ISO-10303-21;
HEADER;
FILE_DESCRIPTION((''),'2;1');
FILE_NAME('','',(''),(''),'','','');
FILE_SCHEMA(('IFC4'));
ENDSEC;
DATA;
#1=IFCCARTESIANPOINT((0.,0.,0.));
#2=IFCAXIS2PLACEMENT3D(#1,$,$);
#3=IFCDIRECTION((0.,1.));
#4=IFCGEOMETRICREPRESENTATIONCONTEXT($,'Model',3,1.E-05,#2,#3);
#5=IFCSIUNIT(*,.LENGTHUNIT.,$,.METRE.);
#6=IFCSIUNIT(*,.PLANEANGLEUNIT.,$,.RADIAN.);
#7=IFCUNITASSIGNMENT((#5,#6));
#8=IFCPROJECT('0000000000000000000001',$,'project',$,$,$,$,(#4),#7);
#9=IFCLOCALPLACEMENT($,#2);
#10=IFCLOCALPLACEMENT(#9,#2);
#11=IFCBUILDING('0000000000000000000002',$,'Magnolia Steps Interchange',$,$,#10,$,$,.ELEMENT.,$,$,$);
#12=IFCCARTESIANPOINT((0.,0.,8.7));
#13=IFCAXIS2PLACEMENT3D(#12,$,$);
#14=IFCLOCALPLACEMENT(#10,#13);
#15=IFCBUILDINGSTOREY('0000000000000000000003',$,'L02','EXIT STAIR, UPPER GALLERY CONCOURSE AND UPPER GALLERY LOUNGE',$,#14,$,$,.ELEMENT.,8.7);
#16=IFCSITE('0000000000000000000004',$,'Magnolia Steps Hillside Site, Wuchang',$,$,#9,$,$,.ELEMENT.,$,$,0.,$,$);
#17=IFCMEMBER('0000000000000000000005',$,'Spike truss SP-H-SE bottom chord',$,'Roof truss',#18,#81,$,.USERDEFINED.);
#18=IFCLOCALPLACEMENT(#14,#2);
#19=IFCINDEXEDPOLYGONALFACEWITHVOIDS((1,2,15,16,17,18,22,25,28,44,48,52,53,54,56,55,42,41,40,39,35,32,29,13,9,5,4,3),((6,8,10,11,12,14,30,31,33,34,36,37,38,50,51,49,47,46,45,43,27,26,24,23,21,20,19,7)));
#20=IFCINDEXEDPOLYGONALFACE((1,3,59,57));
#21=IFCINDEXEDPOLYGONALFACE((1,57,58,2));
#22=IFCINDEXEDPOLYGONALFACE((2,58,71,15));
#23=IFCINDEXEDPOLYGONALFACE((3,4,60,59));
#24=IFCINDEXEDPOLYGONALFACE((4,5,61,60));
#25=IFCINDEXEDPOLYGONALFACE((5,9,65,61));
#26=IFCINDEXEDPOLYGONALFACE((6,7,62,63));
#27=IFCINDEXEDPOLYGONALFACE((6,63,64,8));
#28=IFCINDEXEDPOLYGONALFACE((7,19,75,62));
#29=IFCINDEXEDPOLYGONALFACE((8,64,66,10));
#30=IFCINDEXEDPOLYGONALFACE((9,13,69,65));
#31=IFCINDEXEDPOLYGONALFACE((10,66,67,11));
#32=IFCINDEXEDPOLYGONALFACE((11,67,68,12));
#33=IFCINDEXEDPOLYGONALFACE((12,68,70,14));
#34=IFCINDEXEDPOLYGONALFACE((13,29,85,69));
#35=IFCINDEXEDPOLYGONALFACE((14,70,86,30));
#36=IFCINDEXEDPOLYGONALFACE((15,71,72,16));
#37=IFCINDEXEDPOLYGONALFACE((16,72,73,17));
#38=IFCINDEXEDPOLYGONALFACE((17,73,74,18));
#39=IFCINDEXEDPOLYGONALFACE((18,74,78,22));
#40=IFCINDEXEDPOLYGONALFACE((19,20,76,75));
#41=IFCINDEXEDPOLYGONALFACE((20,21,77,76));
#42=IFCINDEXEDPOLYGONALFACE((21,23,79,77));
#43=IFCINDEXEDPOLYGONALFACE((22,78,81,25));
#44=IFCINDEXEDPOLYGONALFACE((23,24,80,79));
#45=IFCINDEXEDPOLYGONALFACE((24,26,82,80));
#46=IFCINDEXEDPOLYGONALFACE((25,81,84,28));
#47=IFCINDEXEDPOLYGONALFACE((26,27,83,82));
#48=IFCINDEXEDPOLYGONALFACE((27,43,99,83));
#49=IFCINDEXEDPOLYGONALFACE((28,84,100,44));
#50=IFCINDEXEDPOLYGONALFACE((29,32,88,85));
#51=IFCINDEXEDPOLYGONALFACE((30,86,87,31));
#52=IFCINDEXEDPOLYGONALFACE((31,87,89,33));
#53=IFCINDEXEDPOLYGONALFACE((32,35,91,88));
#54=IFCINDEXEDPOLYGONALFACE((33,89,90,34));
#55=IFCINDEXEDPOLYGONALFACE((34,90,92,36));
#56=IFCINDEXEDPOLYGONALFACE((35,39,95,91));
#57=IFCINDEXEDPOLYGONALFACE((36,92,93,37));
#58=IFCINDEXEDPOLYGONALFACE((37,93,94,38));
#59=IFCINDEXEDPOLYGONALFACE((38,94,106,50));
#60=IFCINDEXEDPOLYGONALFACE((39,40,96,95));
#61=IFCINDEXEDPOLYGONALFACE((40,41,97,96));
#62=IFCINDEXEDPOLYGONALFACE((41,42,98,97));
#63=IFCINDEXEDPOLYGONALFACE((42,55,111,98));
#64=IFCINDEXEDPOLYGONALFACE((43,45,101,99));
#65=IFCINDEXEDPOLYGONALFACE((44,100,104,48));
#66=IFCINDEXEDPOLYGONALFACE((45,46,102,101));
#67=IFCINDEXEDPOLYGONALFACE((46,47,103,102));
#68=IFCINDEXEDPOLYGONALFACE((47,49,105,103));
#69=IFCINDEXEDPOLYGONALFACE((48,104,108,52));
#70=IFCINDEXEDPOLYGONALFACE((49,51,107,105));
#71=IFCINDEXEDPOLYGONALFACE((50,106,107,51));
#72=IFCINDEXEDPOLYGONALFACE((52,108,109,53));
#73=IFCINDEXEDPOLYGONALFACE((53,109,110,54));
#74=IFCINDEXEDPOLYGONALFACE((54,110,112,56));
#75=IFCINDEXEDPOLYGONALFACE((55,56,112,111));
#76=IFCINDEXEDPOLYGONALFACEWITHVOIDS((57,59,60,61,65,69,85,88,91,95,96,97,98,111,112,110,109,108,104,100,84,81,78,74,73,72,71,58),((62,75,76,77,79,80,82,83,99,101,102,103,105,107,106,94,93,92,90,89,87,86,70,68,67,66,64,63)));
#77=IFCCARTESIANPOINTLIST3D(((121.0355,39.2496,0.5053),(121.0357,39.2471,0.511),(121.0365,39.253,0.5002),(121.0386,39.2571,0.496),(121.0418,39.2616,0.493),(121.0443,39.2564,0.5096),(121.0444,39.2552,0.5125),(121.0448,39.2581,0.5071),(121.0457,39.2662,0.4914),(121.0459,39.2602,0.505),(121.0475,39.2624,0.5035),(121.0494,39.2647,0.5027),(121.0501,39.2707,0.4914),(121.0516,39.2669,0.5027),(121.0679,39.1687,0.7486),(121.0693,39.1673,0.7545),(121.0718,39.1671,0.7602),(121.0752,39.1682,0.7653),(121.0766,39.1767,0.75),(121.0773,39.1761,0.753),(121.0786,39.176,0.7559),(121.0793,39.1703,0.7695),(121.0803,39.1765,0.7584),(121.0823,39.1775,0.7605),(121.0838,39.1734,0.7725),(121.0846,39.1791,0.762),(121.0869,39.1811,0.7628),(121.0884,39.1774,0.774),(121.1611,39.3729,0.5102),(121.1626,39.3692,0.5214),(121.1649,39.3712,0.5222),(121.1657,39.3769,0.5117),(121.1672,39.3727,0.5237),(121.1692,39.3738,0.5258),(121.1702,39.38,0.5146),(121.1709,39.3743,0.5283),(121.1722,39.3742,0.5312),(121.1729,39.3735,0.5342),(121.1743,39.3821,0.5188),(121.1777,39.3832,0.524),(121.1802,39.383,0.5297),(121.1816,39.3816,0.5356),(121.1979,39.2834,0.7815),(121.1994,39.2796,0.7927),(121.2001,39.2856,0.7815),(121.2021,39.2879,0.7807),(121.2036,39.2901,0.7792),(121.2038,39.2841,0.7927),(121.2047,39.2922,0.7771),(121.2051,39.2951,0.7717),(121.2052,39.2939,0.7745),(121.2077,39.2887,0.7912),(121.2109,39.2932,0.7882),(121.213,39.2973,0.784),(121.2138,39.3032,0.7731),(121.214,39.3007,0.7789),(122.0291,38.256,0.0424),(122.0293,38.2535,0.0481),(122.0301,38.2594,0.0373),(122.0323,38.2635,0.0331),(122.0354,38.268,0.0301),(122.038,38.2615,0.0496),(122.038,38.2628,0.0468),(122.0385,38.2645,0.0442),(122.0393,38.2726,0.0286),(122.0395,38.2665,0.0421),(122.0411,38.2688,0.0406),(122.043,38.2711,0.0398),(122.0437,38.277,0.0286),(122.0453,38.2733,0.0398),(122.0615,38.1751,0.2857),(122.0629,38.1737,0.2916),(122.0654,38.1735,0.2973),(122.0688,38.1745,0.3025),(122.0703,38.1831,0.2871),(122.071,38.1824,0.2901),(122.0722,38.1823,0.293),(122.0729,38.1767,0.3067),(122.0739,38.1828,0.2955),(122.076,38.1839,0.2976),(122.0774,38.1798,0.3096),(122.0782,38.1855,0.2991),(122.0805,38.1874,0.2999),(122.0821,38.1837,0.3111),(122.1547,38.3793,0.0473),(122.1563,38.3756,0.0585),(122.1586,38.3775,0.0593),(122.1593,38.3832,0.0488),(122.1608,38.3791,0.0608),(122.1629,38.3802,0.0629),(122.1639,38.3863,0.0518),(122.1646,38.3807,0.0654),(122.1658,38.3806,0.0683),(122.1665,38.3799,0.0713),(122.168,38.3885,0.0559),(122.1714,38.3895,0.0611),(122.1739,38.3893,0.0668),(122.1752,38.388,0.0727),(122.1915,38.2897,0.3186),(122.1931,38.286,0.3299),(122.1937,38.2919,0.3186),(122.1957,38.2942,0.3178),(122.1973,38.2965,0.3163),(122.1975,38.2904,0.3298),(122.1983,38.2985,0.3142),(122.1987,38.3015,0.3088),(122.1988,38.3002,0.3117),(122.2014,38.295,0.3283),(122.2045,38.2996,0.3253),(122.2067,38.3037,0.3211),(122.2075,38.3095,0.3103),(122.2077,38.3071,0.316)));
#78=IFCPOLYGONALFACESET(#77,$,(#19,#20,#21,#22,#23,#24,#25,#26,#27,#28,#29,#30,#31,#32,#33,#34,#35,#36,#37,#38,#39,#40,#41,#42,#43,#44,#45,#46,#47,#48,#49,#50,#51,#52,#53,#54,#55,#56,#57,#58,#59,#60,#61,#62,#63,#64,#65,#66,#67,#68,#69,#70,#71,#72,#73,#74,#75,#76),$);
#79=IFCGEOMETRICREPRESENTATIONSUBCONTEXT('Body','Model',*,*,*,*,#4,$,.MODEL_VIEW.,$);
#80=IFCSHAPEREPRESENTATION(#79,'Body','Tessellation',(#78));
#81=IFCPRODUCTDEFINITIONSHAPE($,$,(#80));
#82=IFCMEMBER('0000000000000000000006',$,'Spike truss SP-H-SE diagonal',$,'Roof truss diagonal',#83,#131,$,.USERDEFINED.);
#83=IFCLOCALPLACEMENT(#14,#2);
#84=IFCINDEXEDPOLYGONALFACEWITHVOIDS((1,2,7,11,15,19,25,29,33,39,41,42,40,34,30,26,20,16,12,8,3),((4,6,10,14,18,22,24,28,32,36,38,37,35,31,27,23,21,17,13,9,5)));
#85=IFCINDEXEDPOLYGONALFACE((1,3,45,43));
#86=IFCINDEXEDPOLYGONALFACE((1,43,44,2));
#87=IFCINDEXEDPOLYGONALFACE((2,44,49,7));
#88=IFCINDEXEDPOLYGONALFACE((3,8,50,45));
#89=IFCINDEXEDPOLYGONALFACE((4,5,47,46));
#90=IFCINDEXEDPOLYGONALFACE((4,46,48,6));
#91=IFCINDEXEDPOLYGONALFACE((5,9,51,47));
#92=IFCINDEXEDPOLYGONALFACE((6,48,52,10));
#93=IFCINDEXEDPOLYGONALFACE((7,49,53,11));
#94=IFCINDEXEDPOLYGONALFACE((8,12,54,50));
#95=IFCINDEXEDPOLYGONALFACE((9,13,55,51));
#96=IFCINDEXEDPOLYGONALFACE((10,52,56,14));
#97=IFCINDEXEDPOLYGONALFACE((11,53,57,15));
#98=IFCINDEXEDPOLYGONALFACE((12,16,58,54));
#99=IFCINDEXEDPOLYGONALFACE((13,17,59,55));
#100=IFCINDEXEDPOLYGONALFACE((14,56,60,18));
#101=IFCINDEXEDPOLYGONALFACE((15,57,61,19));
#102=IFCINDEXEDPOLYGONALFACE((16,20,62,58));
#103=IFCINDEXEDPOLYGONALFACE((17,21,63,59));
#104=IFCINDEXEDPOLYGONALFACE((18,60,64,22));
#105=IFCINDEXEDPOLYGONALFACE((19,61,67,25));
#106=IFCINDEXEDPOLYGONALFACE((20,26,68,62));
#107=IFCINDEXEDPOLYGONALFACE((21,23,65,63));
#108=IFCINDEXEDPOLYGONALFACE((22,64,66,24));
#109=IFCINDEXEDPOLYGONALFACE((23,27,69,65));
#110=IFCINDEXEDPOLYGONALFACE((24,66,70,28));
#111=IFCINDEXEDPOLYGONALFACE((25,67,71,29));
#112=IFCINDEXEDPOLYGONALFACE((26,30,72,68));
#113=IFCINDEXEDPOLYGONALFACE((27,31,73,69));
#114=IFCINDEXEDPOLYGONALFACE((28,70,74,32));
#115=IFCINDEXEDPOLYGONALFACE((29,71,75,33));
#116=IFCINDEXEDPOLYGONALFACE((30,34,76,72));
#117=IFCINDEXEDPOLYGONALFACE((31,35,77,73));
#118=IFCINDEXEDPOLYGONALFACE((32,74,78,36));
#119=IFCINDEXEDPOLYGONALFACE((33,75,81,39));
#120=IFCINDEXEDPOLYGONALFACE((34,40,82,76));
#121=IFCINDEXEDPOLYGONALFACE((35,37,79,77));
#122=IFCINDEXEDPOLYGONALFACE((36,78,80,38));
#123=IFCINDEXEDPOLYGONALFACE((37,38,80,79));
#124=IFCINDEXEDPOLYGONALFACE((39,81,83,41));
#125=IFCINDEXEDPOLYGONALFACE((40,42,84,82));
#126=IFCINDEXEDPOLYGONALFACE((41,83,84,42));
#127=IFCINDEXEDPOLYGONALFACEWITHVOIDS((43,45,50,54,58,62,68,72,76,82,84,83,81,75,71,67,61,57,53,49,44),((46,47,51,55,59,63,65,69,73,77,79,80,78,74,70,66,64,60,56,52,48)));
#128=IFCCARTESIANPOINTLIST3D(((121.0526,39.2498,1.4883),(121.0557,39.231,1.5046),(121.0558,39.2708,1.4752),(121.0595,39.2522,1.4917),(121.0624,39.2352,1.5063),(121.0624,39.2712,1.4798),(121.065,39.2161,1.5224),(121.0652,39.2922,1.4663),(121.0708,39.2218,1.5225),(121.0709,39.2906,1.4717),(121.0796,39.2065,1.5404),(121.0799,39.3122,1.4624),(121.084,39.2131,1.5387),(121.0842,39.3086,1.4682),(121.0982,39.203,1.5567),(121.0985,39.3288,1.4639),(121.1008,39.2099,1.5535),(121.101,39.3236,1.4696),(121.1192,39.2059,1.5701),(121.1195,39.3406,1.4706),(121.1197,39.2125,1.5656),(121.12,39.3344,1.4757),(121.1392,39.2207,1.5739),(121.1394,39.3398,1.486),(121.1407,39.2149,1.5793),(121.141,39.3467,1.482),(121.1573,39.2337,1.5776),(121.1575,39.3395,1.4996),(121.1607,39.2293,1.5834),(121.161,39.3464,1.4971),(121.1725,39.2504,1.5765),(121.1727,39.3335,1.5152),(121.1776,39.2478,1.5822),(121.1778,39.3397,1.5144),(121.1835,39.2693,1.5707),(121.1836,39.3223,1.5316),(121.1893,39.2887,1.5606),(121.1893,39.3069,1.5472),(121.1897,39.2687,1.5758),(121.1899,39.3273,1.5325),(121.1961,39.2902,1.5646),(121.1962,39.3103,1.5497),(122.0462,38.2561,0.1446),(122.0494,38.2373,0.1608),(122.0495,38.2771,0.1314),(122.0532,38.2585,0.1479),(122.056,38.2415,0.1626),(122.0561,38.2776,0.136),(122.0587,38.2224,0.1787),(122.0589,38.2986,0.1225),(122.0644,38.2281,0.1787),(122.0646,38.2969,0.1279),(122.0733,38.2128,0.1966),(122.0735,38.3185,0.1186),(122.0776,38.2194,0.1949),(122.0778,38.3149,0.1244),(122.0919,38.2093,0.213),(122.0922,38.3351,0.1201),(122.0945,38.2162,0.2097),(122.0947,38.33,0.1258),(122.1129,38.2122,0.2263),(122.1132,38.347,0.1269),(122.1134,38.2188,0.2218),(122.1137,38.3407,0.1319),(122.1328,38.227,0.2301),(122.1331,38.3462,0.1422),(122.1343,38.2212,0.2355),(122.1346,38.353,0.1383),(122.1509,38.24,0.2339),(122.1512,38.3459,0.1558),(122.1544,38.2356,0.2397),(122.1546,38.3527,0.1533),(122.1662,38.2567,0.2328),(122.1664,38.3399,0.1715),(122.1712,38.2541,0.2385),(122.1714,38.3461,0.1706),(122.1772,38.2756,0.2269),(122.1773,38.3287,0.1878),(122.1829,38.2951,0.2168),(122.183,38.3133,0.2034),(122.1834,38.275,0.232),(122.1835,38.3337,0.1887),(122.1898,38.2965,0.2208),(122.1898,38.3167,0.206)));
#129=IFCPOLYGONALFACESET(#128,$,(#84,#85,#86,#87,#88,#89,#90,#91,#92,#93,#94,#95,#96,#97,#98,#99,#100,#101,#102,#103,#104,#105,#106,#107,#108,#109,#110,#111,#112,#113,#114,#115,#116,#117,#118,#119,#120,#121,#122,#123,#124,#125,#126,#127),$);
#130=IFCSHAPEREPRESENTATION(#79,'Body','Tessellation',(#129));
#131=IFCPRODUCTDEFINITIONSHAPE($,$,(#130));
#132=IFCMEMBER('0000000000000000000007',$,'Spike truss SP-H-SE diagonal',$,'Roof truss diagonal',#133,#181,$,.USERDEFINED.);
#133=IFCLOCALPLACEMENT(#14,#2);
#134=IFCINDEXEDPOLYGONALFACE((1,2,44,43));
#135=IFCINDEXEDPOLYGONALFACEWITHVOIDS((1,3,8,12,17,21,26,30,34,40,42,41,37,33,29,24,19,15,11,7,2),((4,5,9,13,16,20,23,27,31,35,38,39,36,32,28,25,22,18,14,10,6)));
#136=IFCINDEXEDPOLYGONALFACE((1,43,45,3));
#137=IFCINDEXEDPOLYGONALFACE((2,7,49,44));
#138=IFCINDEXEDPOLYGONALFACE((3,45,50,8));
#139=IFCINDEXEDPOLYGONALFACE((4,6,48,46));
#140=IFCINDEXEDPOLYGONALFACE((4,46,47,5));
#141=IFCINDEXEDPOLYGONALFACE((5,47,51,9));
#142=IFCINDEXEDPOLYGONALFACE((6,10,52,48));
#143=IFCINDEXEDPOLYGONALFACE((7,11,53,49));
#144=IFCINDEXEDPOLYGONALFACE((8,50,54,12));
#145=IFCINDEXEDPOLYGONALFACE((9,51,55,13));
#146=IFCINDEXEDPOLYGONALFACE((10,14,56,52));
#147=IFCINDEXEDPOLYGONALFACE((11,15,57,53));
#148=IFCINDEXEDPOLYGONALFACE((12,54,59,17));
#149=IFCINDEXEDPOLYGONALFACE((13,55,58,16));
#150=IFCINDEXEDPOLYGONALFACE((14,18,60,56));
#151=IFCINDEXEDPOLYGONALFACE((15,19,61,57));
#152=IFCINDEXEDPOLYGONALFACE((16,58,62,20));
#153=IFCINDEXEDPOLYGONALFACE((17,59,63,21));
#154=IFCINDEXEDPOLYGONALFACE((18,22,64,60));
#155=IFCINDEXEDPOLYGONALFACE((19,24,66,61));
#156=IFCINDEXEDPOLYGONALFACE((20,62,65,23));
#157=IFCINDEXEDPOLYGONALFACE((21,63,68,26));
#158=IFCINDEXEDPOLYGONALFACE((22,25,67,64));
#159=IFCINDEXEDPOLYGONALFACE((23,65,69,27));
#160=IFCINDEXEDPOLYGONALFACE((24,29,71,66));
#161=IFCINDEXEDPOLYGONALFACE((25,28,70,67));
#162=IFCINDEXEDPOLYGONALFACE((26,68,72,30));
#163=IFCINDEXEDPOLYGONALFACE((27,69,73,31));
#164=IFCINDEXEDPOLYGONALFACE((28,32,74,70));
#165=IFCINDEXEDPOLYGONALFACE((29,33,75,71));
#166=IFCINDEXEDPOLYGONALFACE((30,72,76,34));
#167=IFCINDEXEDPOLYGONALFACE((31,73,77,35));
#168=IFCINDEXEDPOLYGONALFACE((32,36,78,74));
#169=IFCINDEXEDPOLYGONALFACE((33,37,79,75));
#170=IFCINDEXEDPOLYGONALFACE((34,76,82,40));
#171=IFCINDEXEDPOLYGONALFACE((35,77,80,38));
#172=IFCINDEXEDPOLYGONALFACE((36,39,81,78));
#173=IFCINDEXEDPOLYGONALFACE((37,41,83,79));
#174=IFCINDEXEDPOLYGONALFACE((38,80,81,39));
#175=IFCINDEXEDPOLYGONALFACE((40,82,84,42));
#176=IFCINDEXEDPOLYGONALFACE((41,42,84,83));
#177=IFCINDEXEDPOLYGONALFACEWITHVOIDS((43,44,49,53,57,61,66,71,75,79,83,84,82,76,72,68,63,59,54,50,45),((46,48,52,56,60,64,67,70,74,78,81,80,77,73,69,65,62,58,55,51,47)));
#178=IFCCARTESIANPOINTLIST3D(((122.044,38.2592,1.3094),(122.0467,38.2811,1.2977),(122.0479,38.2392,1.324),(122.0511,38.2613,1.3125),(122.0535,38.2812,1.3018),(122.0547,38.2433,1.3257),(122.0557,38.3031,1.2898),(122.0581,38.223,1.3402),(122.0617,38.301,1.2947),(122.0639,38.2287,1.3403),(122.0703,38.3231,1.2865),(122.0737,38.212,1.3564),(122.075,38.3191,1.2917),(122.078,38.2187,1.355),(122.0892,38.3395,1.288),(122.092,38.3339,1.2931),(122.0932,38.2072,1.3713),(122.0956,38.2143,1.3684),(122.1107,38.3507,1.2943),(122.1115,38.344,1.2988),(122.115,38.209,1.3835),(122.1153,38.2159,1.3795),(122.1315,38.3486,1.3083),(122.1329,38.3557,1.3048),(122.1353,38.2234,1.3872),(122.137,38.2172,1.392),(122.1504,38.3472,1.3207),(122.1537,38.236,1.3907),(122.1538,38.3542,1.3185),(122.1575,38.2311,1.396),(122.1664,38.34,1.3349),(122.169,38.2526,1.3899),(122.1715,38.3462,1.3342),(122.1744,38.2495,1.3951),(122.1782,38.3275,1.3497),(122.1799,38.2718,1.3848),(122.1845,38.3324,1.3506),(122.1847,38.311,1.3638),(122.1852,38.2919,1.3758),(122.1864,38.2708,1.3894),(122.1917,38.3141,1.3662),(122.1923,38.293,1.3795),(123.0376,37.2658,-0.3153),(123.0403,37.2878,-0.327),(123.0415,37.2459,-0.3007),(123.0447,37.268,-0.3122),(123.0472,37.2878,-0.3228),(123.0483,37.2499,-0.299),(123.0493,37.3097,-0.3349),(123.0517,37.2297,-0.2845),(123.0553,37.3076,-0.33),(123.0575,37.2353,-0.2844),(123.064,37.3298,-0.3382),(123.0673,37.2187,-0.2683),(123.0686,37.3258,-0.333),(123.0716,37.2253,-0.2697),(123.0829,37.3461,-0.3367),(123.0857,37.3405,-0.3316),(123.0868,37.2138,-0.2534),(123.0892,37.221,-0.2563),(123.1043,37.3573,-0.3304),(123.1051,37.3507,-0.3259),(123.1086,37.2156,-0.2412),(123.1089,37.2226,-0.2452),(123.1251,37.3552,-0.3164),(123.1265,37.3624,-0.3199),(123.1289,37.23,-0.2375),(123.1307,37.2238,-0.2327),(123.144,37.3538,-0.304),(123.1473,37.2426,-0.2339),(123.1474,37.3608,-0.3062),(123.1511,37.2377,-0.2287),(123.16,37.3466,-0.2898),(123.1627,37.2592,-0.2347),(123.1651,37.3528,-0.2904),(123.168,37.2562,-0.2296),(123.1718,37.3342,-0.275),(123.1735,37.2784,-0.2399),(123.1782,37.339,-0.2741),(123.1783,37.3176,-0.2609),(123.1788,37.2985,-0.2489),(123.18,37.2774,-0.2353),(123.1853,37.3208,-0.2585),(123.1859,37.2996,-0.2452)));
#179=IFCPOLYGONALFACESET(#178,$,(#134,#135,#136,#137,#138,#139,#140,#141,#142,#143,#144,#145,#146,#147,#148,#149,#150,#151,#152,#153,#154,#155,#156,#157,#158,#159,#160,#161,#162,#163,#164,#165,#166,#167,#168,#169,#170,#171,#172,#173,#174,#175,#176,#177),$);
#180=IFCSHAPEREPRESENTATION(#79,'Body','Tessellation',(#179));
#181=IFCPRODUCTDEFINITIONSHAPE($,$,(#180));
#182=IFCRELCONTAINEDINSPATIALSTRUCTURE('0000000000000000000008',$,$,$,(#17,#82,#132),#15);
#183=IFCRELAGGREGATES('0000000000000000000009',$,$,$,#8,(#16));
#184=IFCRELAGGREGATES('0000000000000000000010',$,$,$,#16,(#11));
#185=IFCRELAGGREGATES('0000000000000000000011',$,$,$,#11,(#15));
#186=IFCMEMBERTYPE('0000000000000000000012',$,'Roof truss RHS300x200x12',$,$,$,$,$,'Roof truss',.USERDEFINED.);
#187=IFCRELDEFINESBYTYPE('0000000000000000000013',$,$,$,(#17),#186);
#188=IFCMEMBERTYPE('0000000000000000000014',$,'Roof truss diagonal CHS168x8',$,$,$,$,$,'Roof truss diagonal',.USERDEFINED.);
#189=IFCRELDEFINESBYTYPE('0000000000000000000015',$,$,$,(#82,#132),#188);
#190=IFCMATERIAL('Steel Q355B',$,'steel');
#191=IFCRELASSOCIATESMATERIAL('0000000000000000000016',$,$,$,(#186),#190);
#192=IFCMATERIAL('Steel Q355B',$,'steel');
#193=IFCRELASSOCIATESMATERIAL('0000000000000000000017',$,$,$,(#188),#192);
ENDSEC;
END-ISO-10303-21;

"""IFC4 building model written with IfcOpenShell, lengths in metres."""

from ifc_helpers import new_model, si_unit, direction, frame, origin, origin_2d, place, context, subcontext, project, spatial, hollow_rectangle, hollow_circle, extrude, material, material_profile, profile_set, type_object, element, save


model = new_model("IFC4")

# Units and contexts
model_context = context("Model", 3, precision=1e-05, world=origin(), true_north=direction((0.0, 1.0)))
body_context = subcontext(model_context, "Body", "Model", "MODEL_VIEW")
ifc_project = project(units=[si_unit("LENGTHUNIT", "METRE"), si_unit("PLANEANGLEUNIT", "RADIAN")], contexts=[model_context])

# Site, building, storey
site_placement = place(None, origin())
site = spatial("IfcSite", under=ifc_project, at=site_placement, Name="Magnolia Steps Hillside Site, Wuchang", CompositionType="ELEMENT", RefElevation=0.0)
building_placement = place(site_placement, origin())
building = spatial("IfcBuilding", under=site, at=building_placement, Name="Magnolia Steps Interchange", CompositionType="ELEMENT")
storey_placement = place(building_placement, frame((0.0, 0.0, 8.7)))
storey = spatial("IfcBuildingStorey", under=building, at=storey_placement, Name="L02", Description="EXIT STAIR, UPPER GALLERY CONCOURSE AND UPPER GALLERY LOUNGE", CompositionType="ELEMENT", Elevation=8.7)

# Members
ifc_material_1 = material(Name="Steel Q355B", Category="steel")
ifc_material_profile_1 = material_profile(ifc_material_1, hollow_rectangle(XDim=0.2, YDim=0.3, WallThickness=0.012, InnerFilletRadius=0.012, OuterFilletRadius=0.0239, at=origin_2d()), Name="RHS300x200x12")
ifc_profile_set_1 = profile_set([ifc_material_profile_1], Name="Steel Q355B")
member_type_1 = type_object("IfcMemberType", Name="Roof truss RHS300x200x12", ElementType="Roof truss", PredefinedType="USERDEFINED", material=ifc_profile_set_1)
member_1_placement = place(storey_placement, frame((121.1248, 39.2751, 0.6421), z_axis=(0.671608, -0.671608, -0.312867), x_axis=(0.729804, 0.672497, 0.123017)))
element("IfcMember", 1, at=member_1_placement, inside=storey, type_object=member_type_1, Name="Spike truss SP-H-SE bottom chord", ObjectType="Roof truss", PredefinedType="USERDEFINED", context=body_context, shape_type="SweptSolid", body=[
    extrude(hollow_rectangle(XDim=0.2, YDim=0.3, WallThickness=0.012, InnerFilletRadius=0.012, OuterFilletRadius=0.0239, at=origin_2d()), origin(), (0.0, 0.0, 1.0), 1.4795),
])
ifc_material_2 = material(Name="Steel Q355B", Category="steel")
ifc_material_profile_2 = material_profile(ifc_material_2, hollow_circle(Radius=0.084, WallThickness=0.0081, at=origin_2d()), Name="CHS168x8")
ifc_profile_set_2 = profile_set([ifc_material_profile_2], Name="Steel Q355B")
member_type_2 = type_object("IfcMemberType", Name="Roof truss diagonal CHS168x8", ElementType="Roof truss diagonal", PredefinedType="USERDEFINED", material=ifc_profile_set_2)
member_2_placement = place(storey_placement, frame((121.1248, 39.2751, 1.5229), z_axis=(0.511056, -0.511056, -0.691118), x_axis=(0.775173, 0.621436, 0.113683)))
element("IfcMember", 2, at=member_2_placement, inside=storey, type_object=member_type_2, Name="Spike truss SP-H-SE diagonal", ObjectType="Roof truss diagonal", PredefinedType="USERDEFINED", context=body_context, shape_type="SweptSolid", body=[
    extrude(hollow_circle(Radius=0.084, WallThickness=0.0081, at=origin_2d()), origin(), (0.0, 0.0, 1.0), 1.9443),
])
member_3_placement = place(storey_placement, frame((122.1184, 38.2815, 1.3413), z_axis=(0.462588, -0.462474, -0.756393), x_axis=(0.787469, 0.606297, 0.11089)))
element("IfcMember", 3, at=member_3_placement, inside=storey, type_object=member_type_2, Name="Spike truss SP-H-SE diagonal", ObjectType="Roof truss diagonal", PredefinedType="USERDEFINED", context=body_context, shape_type="SweptSolid", body=[
    extrude(hollow_circle(Radius=0.084, WallThickness=0.0081, at=origin_2d()), origin(), (0.0, 0.0, 1.0), 2.1479),
])

save(model, "model.ifc")
